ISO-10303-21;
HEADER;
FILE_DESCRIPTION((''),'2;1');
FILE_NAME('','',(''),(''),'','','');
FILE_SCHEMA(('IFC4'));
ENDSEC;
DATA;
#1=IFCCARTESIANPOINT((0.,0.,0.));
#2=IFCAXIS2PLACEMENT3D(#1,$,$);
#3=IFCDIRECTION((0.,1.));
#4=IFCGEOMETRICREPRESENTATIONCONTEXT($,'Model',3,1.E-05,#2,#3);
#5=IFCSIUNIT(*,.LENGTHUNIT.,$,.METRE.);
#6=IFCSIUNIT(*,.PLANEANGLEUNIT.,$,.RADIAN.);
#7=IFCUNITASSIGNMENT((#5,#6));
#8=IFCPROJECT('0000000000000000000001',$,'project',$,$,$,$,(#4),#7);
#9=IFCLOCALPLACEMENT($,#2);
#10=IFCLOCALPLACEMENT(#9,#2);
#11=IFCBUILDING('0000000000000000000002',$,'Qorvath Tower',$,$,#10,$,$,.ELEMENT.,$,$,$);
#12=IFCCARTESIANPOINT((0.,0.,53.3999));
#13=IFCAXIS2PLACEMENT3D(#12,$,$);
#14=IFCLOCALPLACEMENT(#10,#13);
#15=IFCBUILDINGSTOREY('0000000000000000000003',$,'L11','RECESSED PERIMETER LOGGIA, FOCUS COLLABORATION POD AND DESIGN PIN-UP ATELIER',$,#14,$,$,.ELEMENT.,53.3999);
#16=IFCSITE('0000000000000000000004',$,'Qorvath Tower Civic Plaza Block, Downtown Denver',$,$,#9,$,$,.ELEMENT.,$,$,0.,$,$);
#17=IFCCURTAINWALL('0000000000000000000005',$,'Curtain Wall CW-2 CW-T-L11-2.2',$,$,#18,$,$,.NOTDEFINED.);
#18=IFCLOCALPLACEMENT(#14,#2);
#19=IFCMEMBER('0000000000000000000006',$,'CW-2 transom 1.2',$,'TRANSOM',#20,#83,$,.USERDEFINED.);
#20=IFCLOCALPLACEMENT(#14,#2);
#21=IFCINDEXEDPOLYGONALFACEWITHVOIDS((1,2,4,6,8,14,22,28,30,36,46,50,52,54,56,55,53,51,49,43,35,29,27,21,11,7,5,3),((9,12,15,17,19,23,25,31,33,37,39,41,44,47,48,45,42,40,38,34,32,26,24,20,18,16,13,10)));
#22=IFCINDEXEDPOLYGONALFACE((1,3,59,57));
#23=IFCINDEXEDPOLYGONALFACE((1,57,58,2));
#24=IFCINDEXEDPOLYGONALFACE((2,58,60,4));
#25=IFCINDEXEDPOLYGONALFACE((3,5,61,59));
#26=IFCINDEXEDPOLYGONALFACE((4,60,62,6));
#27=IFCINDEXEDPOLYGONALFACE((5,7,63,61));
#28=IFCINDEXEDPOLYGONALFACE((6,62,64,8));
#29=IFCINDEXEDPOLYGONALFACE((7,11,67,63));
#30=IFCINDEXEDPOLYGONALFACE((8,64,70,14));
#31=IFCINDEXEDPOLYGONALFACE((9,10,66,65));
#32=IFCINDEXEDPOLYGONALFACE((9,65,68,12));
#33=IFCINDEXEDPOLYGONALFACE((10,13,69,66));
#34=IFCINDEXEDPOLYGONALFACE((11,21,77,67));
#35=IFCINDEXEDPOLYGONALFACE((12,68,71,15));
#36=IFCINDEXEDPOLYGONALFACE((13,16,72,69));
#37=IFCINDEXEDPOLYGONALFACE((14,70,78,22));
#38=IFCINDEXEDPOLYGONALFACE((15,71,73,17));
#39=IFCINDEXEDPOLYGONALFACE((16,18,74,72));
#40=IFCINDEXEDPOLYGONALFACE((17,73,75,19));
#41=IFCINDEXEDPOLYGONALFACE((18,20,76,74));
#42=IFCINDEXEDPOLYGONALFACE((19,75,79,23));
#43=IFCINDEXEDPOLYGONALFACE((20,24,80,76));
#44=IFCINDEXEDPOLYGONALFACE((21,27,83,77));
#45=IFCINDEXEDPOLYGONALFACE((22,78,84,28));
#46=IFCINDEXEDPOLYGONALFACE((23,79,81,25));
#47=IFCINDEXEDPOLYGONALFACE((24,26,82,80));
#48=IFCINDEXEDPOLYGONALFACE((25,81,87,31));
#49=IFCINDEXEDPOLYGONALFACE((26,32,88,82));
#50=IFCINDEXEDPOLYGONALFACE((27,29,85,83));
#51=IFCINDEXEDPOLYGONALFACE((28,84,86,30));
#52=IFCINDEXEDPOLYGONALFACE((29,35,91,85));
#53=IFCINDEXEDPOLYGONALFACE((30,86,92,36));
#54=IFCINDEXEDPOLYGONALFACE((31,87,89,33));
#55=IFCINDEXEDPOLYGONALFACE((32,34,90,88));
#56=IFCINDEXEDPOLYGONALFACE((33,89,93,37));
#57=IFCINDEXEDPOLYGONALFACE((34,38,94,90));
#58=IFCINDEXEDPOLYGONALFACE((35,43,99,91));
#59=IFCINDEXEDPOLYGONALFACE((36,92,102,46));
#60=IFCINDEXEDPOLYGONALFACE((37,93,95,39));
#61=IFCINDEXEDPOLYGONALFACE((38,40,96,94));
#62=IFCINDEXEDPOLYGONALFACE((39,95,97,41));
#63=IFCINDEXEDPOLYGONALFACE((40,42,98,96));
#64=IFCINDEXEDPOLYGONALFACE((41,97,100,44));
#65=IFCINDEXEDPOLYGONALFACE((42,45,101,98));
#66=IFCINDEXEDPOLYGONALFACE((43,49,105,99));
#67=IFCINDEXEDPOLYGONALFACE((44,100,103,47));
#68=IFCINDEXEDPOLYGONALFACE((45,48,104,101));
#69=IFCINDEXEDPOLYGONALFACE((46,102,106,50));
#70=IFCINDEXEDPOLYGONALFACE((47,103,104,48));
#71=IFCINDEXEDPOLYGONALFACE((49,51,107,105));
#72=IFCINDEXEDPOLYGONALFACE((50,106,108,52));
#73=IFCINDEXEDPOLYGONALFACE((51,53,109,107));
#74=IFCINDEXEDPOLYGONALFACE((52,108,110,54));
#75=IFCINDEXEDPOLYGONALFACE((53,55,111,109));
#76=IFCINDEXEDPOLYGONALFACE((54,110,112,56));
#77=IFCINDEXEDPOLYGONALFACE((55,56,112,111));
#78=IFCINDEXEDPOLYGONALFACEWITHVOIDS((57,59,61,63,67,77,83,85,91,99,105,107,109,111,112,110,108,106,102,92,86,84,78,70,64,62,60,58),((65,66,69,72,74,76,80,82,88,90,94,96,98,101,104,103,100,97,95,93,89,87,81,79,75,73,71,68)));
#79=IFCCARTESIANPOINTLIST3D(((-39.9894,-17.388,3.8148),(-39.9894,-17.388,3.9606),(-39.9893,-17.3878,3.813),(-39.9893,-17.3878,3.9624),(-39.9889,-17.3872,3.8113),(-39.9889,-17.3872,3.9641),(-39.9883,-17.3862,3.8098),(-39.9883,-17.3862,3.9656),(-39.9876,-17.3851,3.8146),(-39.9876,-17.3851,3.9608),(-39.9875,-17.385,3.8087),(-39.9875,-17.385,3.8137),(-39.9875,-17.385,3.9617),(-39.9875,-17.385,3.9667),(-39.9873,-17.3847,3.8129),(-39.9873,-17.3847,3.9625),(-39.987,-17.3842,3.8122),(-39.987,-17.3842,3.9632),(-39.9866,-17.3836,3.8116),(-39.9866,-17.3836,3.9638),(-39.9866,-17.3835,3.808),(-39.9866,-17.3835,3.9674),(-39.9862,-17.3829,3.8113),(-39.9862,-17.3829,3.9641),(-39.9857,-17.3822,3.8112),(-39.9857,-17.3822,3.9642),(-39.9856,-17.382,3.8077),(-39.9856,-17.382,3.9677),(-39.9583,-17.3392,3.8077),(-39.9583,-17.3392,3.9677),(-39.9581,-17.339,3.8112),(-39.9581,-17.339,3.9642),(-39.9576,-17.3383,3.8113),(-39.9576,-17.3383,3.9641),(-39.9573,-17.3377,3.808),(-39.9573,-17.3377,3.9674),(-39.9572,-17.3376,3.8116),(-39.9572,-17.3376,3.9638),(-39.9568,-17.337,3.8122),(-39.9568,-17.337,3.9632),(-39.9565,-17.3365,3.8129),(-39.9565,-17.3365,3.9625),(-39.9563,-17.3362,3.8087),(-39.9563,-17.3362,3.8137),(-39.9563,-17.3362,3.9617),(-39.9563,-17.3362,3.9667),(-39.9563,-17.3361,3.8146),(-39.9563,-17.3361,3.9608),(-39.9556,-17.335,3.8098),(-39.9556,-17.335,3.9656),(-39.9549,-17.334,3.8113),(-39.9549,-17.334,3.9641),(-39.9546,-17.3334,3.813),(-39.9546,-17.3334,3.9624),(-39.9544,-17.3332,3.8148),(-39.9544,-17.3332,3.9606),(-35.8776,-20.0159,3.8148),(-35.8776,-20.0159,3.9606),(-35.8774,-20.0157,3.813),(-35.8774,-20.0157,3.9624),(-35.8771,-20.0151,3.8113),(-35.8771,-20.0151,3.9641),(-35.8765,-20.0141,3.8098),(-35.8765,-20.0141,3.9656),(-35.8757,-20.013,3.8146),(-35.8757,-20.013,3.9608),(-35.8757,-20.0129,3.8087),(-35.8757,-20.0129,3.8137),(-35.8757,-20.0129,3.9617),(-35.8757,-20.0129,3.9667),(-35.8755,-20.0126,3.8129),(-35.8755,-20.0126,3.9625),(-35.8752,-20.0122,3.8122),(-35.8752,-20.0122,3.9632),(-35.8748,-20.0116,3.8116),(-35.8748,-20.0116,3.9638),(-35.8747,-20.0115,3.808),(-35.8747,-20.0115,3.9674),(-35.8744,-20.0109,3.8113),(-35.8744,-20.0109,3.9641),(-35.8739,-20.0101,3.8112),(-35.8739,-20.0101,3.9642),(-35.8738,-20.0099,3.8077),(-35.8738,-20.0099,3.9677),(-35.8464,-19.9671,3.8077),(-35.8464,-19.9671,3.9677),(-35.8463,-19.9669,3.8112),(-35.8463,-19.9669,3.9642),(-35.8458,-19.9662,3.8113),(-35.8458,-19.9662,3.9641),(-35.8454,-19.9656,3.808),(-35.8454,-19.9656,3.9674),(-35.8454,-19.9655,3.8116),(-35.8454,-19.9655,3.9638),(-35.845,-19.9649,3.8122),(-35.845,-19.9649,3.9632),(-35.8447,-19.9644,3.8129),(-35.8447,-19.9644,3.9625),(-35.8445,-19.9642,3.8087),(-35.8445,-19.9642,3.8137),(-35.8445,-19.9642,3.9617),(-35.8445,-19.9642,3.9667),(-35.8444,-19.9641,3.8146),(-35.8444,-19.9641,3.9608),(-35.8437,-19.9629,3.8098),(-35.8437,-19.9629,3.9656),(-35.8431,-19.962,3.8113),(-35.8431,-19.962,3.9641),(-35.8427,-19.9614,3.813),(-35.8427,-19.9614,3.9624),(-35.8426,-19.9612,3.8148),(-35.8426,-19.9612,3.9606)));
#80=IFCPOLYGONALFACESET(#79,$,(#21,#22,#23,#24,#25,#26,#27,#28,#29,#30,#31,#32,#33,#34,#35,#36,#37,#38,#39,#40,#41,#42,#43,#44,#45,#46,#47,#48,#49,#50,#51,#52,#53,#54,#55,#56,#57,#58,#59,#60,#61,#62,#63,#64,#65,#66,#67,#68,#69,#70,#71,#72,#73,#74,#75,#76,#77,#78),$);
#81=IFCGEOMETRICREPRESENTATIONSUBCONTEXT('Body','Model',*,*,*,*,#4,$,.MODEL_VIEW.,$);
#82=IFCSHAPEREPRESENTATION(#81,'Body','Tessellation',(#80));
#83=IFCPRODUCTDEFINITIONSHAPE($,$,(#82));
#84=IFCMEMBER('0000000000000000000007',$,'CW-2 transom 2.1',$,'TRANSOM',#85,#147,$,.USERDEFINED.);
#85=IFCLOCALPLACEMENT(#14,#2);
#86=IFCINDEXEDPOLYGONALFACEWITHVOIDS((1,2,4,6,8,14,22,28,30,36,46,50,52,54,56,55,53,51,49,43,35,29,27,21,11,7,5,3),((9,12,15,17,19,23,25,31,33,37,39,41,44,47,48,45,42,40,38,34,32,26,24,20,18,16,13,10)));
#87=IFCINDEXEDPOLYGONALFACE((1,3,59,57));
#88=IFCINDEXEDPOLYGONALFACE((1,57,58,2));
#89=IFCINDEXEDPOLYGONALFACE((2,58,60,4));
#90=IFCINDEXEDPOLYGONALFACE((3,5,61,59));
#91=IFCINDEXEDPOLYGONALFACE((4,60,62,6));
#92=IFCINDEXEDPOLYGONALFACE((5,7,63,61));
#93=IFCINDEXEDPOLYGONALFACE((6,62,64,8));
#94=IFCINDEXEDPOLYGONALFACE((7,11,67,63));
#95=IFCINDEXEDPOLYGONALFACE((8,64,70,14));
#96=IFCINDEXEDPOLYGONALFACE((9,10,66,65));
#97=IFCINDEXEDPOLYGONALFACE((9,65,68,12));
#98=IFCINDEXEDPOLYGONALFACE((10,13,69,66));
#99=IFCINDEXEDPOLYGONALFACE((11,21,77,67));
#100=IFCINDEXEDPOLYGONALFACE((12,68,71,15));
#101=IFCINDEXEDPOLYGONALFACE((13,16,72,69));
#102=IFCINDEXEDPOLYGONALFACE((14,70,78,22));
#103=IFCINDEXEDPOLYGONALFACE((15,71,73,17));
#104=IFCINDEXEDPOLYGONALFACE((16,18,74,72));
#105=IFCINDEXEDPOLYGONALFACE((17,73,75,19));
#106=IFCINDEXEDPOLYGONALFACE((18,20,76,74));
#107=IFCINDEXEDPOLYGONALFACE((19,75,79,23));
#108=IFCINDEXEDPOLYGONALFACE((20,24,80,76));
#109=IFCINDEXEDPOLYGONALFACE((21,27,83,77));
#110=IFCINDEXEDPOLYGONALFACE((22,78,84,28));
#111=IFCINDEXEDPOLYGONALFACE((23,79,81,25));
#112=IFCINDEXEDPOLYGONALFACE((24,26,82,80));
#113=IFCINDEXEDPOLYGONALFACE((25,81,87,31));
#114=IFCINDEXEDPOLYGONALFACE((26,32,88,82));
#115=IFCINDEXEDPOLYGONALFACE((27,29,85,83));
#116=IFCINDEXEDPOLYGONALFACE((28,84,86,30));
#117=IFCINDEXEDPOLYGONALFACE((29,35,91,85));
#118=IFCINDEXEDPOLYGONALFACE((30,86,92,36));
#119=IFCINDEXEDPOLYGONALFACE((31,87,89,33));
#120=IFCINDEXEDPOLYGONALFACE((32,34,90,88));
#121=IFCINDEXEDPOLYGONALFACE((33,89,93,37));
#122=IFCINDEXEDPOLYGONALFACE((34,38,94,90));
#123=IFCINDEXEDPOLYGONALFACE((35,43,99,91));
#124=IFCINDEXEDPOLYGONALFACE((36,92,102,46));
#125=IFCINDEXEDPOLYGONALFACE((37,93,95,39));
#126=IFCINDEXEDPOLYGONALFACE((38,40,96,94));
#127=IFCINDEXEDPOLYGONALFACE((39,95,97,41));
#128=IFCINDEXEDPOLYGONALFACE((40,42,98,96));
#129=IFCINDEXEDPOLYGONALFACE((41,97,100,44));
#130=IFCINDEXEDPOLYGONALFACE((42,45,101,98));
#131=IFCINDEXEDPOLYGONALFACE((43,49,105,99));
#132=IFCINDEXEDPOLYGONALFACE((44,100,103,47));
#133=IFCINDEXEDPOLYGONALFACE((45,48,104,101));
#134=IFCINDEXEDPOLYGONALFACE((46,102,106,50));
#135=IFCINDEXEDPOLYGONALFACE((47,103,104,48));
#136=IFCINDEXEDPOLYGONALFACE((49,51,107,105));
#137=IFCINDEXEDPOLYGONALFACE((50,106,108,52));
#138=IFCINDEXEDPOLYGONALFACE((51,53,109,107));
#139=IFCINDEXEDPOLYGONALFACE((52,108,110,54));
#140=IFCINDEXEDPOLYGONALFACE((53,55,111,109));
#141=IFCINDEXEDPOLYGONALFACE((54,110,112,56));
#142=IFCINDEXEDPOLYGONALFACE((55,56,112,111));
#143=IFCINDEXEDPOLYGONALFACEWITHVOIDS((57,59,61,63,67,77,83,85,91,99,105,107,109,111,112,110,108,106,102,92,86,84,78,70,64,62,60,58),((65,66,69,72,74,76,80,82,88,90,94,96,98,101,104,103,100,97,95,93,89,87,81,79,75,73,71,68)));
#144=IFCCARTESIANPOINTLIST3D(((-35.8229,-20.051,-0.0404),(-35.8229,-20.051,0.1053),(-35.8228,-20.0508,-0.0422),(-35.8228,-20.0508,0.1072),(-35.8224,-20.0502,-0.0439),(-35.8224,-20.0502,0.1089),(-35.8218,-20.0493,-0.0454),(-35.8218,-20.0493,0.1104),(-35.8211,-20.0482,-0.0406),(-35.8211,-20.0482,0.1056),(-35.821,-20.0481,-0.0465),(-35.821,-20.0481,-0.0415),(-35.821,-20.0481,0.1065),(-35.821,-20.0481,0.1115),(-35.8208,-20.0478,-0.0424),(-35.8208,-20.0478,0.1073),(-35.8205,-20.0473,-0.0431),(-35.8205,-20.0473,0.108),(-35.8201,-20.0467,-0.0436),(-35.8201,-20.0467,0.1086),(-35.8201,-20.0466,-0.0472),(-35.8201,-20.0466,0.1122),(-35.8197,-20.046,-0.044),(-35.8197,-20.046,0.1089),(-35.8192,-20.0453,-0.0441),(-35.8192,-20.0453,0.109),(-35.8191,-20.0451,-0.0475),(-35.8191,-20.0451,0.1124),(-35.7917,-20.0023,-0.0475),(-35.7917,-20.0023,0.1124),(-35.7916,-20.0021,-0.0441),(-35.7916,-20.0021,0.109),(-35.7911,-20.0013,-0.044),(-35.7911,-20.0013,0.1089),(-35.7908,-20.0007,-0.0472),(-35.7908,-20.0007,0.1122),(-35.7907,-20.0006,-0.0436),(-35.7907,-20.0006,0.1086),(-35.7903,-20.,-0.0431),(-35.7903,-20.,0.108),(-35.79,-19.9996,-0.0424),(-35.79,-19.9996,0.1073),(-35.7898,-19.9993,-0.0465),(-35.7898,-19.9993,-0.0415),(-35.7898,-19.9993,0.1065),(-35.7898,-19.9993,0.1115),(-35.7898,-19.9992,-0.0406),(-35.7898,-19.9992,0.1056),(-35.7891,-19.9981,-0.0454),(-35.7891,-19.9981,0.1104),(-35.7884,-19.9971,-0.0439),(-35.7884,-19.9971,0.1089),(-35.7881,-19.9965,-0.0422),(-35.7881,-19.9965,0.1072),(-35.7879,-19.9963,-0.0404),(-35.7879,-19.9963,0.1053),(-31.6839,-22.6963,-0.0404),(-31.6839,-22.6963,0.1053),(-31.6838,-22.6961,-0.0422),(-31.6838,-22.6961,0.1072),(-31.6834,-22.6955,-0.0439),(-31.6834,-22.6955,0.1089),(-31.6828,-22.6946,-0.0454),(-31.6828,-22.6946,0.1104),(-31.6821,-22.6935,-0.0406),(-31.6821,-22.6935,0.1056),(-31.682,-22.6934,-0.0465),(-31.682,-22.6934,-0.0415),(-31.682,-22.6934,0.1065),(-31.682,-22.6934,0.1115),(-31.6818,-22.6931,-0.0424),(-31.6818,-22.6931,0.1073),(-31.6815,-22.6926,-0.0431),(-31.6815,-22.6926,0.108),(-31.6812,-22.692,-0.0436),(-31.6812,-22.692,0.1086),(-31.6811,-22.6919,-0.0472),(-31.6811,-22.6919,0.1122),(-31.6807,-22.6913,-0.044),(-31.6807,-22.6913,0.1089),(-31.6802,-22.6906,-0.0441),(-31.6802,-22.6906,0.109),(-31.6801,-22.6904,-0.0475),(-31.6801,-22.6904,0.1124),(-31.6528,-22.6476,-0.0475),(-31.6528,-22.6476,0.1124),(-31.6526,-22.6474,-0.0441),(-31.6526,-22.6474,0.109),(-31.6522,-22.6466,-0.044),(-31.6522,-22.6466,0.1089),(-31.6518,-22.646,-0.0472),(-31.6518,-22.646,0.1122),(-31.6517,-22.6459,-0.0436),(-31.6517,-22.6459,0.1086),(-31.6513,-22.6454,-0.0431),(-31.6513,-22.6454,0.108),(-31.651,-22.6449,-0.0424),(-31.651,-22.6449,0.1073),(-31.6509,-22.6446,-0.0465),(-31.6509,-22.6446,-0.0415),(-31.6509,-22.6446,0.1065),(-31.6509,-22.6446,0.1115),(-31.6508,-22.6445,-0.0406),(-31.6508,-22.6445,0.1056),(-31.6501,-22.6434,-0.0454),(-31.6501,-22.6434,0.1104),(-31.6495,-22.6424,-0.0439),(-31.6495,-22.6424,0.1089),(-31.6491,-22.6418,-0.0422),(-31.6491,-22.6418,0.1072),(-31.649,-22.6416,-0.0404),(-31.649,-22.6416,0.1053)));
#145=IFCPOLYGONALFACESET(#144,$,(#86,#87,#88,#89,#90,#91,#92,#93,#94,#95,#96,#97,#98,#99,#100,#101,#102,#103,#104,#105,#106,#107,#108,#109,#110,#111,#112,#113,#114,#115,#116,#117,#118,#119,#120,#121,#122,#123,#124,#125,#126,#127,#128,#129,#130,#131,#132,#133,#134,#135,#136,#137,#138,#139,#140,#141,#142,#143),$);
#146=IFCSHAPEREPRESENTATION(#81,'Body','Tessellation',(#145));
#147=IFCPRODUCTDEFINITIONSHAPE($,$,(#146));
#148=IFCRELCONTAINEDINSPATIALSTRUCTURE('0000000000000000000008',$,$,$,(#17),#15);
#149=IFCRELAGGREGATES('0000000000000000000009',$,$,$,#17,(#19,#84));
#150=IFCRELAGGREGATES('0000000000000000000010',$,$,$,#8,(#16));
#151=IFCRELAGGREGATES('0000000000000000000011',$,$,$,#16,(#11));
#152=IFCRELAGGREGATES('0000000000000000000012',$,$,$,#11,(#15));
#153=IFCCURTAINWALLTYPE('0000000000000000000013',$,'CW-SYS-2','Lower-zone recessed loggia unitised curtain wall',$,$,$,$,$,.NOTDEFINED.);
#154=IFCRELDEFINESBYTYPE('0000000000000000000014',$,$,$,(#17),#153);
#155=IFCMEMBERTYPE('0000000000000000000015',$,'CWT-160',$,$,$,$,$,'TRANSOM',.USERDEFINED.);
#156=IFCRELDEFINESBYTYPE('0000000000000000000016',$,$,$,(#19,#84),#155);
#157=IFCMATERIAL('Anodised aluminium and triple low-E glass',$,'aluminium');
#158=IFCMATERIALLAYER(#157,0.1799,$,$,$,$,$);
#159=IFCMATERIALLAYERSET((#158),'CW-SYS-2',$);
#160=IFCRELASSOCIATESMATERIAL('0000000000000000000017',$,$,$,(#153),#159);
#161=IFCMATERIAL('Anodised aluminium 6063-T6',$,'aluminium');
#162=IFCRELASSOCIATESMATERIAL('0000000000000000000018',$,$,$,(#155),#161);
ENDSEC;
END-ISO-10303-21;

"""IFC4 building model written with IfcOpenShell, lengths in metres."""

from ifc_helpers import new_model, si_unit, direction, frame, origin, origin_2d, place, context, subcontext, project, spatial, hollow_rectangle, extrude, material, layer, layer_set, material_profile, profile_set, type_object, element, aggregate, save


model = new_model("IFC4")

# Units and contexts
model_context = context("Model", 3, precision=1e-05, world=origin(), true_north=direction((0.0, 1.0)))
body_context = subcontext(model_context, "Body", "Model", "MODEL_VIEW")
ifc_project = project(units=[si_unit("LENGTHUNIT", "METRE"), si_unit("PLANEANGLEUNIT", "RADIAN")], contexts=[model_context])

# Site, building, storey
site_placement = place(None, origin())
site = spatial("IfcSite", under=ifc_project, at=site_placement, Name="Qorvath Tower Civic Plaza Block, Downtown Denver", CompositionType="ELEMENT", RefElevation=0.0)
building_placement = place(site_placement, origin())
building = spatial("IfcBuilding", under=site, at=building_placement, Name="Qorvath Tower", CompositionType="ELEMENT")
storey_placement = place(building_placement, frame((0.0, 0.0, 53.3999)))
storey = spatial("IfcBuildingStorey", under=building, at=storey_placement, Name="L11", Description="RECESSED PERIMETER LOGGIA, FOCUS COLLABORATION POD AND DESIGN PIN-UP ATELIER", CompositionType="ELEMENT", Elevation=53.3999)

# Curtain wall, members
ifc_material_1 = material(Name="Anodised aluminium and triple low-E glass", Category="aluminium")
ifc_layer_1 = layer(ifc_material_1, 0.1799)
ifc_layer_set_1 = layer_set([ifc_layer_1], Name="CW-SYS-2")
curtain_wall_type = type_object("IfcCurtainWallType", Name="CW-SYS-2", Description="Lower-zone recessed loggia unitised curtain wall", PredefinedType="NOTDEFINED", material=ifc_layer_set_1)
curtain_wall_placement = place(storey_placement, origin())
curtain_wall = element("IfcCurtainWall", 1, at=curtain_wall_placement, inside=storey, type_object=curtain_wall_type, Name="Curtain Wall CW-2 CW-T-L11-2.2", PredefinedType="NOTDEFINED")
ifc_material_2 = material(Name="Anodised aluminium 6063-T6", Category="aluminium")
ifc_material_profile_1 = material_profile(ifc_material_2, hollow_rectangle(XDim=0.0649, YDim=0.1599, WallThickness=0.0034, InnerFilletRadius=0.0034, OuterFilletRadius=0.0071, at=origin_2d()), Name="CWT 160x65")
ifc_profile_set_1 = profile_set([ifc_material_profile_1], Name="Anodised aluminium 6063-T6")
member_type_1 = type_object("IfcMemberType", Name="CWT-160", ElementType="TRANSOM", PredefinedType="USERDEFINED", material=ifc_profile_set_1)
member_1_placement = place(storey_placement, frame((-39.9719, -17.3606, 3.8877), z_axis=(0.842609, -0.538525, 0.0), x_axis=(0.538525, 0.842609, 0.0)))
member_1 = element("IfcMember", 2, at=member_1_placement, type_object=member_type_1, Name="CW-2 transom 1.2", ObjectType="TRANSOM", PredefinedType="USERDEFINED", context=body_context, shape_type="SweptSolid", body=[
    extrude(hollow_rectangle(XDim=0.0649, YDim=0.1599, WallThickness=0.0034, InnerFilletRadius=0.0034, OuterFilletRadius=0.0071, at=origin_2d()), origin(), (0.0, 0.0, 1.0), 4.8799),
])
member_2_placement = place(storey_placement, frame((-35.8054, -20.0237, 0.0325), z_axis=(0.842608, -0.538528, 0.0), x_axis=(0.538528, 0.842608, 0.0)))
member_2 = element("IfcMember", 3, at=member_2_placement, type_object=member_type_1, Name="CW-2 transom 2.1", ObjectType="TRANSOM", PredefinedType="USERDEFINED", context=body_context, shape_type="SweptSolid", body=[
    extrude(hollow_rectangle(XDim=0.0649, YDim=0.1599, WallThickness=0.0034, InnerFilletRadius=0.0034, OuterFilletRadius=0.0071, at=origin_2d()), origin(), (0.0, 0.0, 1.0), 4.9121),
])
aggregate(curtain_wall, [member_1, member_2])

save(model, "model.ifc")
